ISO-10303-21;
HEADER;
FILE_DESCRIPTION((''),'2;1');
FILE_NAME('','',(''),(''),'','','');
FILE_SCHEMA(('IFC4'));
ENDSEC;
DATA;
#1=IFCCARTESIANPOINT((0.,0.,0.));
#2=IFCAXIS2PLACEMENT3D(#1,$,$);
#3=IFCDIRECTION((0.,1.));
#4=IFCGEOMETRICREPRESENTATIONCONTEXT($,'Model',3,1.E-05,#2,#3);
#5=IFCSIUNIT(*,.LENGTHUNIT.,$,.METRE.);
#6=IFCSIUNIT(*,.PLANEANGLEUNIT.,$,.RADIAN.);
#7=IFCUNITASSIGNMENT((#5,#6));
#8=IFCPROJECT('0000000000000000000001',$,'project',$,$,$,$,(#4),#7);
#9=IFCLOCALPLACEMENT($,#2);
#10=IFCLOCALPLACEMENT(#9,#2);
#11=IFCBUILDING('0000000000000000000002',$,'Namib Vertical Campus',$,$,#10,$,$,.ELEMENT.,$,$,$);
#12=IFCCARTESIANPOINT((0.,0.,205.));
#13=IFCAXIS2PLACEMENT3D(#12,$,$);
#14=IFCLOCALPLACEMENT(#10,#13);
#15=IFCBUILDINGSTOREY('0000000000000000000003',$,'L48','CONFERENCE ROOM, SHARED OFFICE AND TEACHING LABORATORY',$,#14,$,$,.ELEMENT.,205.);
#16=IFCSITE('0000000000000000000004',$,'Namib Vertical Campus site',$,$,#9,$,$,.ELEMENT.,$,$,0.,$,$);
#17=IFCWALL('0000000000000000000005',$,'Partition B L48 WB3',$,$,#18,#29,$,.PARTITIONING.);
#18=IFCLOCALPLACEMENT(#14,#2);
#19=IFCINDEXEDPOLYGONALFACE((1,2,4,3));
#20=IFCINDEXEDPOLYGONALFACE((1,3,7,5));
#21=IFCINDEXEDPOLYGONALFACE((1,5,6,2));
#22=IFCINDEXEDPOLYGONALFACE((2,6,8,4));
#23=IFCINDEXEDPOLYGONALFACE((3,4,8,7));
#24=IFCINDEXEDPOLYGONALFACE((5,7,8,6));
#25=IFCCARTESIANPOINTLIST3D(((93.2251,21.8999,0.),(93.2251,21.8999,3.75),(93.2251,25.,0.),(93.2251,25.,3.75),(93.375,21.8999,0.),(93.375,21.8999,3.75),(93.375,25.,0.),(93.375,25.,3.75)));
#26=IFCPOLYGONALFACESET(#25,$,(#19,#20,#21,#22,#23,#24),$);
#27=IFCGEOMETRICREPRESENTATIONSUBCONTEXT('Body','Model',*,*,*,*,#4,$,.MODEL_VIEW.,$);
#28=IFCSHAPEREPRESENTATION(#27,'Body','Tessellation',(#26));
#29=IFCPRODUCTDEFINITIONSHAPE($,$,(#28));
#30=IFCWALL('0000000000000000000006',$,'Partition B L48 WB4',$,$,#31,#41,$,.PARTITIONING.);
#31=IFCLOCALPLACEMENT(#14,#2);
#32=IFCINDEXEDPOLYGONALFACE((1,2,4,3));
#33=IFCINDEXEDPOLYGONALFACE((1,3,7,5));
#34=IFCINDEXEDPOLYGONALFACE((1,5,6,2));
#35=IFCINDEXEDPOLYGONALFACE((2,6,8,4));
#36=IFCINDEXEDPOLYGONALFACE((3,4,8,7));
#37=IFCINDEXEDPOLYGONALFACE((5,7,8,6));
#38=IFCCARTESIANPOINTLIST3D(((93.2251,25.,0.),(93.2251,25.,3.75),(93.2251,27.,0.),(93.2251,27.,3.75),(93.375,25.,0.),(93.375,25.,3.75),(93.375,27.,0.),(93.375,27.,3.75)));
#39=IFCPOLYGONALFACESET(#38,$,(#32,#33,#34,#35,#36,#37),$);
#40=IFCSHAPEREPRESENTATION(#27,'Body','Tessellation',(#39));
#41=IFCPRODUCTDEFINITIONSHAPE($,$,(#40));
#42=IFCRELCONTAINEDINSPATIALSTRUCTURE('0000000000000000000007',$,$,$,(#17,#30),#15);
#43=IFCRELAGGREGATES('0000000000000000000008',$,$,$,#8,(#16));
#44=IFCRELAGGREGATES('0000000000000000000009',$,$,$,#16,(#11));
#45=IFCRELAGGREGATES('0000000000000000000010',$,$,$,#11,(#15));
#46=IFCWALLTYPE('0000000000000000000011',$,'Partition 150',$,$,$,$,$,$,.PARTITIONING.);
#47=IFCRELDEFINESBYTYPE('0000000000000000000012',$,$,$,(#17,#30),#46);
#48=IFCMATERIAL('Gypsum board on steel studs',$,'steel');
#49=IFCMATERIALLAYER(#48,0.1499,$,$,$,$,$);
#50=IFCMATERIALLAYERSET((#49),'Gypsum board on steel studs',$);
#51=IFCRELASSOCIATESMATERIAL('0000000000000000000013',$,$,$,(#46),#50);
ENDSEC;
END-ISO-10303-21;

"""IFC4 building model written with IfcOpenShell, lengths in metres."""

from ifc_helpers import new_model, si_unit, direction, frame, frame_2d, origin, place, context, subcontext, project, spatial, rectangle, extrude, material, layer, layer_set, type_object, element, save


model = new_model("IFC4")

# Units and contexts
model_context = context("Model", 3, precision=1e-05, world=origin(), true_north=direction((0.0, 1.0)))
body_context = subcontext(model_context, "Body", "Model", "MODEL_VIEW")
ifc_project = project(units=[si_unit("LENGTHUNIT", "METRE"), si_unit("PLANEANGLEUNIT", "RADIAN")], contexts=[model_context])

# Site, building, storey
site_placement = place(None, origin())
site = spatial("IfcSite", under=ifc_project, at=site_placement, Name="Namib Vertical Campus site", CompositionType="ELEMENT", RefElevation=0.0)
building_placement = place(site_placement, origin())
building = spatial("IfcBuilding", under=site, at=building_placement, Name="Namib Vertical Campus", CompositionType="ELEMENT")
storey_placement = place(building_placement, frame((0.0, 0.0, 205.0)))
storey = spatial("IfcBuildingStorey", under=building, at=storey_placement, Name="L48", Description="CONFERENCE ROOM, SHARED OFFICE AND TEACHING LABORATORY", CompositionType="ELEMENT", Elevation=205.0)

# Walls
ifc_material_1 = material(Name="Gypsum board on steel studs", Category="steel")
ifc_layer_1 = layer(ifc_material_1, 0.1499)
ifc_layer_set_1 = layer_set([ifc_layer_1], Name="Gypsum board on steel studs")
wall_type_1 = type_object("IfcWallType", Name="Partition 150", PredefinedType="PARTITIONING", material=ifc_layer_set_1)
wall_1_placement = place(storey_placement, frame((93.3, 21.8999, 0.0), z_axis=(0.0, 0.0, 1.0), x_axis=(0.0, 1.0, 0.0)))
element("IfcWall", 1, at=wall_1_placement, inside=storey, type_object=wall_type_1, Name="Partition B L48 WB3", PredefinedType="PARTITIONING", context=body_context, shape_type="SweptSolid", body=[
    extrude(rectangle(XDim=3.1001, YDim=0.1499, at=frame_2d((1.55, 0.0))), origin(), (0.0, 0.0, 1.0), 3.75),
])
wall_2_placement = place(storey_placement, frame((93.3, 25.0, 0.0), z_axis=(0.0, 0.0, 1.0), x_axis=(0.0, 1.0, 0.0)))
element("IfcWall", 2, at=wall_2_placement, inside=storey, type_object=wall_type_1, Name="Partition B L48 WB4", PredefinedType="PARTITIONING", context=body_context, shape_type="SweptSolid", body=[
    extrude(rectangle(XDim=2.0, YDim=0.1499, at=frame_2d((1.0, 0.0))), origin(), (0.0, 0.0, 1.0), 3.75),
])

save(model, "model.ifc")
